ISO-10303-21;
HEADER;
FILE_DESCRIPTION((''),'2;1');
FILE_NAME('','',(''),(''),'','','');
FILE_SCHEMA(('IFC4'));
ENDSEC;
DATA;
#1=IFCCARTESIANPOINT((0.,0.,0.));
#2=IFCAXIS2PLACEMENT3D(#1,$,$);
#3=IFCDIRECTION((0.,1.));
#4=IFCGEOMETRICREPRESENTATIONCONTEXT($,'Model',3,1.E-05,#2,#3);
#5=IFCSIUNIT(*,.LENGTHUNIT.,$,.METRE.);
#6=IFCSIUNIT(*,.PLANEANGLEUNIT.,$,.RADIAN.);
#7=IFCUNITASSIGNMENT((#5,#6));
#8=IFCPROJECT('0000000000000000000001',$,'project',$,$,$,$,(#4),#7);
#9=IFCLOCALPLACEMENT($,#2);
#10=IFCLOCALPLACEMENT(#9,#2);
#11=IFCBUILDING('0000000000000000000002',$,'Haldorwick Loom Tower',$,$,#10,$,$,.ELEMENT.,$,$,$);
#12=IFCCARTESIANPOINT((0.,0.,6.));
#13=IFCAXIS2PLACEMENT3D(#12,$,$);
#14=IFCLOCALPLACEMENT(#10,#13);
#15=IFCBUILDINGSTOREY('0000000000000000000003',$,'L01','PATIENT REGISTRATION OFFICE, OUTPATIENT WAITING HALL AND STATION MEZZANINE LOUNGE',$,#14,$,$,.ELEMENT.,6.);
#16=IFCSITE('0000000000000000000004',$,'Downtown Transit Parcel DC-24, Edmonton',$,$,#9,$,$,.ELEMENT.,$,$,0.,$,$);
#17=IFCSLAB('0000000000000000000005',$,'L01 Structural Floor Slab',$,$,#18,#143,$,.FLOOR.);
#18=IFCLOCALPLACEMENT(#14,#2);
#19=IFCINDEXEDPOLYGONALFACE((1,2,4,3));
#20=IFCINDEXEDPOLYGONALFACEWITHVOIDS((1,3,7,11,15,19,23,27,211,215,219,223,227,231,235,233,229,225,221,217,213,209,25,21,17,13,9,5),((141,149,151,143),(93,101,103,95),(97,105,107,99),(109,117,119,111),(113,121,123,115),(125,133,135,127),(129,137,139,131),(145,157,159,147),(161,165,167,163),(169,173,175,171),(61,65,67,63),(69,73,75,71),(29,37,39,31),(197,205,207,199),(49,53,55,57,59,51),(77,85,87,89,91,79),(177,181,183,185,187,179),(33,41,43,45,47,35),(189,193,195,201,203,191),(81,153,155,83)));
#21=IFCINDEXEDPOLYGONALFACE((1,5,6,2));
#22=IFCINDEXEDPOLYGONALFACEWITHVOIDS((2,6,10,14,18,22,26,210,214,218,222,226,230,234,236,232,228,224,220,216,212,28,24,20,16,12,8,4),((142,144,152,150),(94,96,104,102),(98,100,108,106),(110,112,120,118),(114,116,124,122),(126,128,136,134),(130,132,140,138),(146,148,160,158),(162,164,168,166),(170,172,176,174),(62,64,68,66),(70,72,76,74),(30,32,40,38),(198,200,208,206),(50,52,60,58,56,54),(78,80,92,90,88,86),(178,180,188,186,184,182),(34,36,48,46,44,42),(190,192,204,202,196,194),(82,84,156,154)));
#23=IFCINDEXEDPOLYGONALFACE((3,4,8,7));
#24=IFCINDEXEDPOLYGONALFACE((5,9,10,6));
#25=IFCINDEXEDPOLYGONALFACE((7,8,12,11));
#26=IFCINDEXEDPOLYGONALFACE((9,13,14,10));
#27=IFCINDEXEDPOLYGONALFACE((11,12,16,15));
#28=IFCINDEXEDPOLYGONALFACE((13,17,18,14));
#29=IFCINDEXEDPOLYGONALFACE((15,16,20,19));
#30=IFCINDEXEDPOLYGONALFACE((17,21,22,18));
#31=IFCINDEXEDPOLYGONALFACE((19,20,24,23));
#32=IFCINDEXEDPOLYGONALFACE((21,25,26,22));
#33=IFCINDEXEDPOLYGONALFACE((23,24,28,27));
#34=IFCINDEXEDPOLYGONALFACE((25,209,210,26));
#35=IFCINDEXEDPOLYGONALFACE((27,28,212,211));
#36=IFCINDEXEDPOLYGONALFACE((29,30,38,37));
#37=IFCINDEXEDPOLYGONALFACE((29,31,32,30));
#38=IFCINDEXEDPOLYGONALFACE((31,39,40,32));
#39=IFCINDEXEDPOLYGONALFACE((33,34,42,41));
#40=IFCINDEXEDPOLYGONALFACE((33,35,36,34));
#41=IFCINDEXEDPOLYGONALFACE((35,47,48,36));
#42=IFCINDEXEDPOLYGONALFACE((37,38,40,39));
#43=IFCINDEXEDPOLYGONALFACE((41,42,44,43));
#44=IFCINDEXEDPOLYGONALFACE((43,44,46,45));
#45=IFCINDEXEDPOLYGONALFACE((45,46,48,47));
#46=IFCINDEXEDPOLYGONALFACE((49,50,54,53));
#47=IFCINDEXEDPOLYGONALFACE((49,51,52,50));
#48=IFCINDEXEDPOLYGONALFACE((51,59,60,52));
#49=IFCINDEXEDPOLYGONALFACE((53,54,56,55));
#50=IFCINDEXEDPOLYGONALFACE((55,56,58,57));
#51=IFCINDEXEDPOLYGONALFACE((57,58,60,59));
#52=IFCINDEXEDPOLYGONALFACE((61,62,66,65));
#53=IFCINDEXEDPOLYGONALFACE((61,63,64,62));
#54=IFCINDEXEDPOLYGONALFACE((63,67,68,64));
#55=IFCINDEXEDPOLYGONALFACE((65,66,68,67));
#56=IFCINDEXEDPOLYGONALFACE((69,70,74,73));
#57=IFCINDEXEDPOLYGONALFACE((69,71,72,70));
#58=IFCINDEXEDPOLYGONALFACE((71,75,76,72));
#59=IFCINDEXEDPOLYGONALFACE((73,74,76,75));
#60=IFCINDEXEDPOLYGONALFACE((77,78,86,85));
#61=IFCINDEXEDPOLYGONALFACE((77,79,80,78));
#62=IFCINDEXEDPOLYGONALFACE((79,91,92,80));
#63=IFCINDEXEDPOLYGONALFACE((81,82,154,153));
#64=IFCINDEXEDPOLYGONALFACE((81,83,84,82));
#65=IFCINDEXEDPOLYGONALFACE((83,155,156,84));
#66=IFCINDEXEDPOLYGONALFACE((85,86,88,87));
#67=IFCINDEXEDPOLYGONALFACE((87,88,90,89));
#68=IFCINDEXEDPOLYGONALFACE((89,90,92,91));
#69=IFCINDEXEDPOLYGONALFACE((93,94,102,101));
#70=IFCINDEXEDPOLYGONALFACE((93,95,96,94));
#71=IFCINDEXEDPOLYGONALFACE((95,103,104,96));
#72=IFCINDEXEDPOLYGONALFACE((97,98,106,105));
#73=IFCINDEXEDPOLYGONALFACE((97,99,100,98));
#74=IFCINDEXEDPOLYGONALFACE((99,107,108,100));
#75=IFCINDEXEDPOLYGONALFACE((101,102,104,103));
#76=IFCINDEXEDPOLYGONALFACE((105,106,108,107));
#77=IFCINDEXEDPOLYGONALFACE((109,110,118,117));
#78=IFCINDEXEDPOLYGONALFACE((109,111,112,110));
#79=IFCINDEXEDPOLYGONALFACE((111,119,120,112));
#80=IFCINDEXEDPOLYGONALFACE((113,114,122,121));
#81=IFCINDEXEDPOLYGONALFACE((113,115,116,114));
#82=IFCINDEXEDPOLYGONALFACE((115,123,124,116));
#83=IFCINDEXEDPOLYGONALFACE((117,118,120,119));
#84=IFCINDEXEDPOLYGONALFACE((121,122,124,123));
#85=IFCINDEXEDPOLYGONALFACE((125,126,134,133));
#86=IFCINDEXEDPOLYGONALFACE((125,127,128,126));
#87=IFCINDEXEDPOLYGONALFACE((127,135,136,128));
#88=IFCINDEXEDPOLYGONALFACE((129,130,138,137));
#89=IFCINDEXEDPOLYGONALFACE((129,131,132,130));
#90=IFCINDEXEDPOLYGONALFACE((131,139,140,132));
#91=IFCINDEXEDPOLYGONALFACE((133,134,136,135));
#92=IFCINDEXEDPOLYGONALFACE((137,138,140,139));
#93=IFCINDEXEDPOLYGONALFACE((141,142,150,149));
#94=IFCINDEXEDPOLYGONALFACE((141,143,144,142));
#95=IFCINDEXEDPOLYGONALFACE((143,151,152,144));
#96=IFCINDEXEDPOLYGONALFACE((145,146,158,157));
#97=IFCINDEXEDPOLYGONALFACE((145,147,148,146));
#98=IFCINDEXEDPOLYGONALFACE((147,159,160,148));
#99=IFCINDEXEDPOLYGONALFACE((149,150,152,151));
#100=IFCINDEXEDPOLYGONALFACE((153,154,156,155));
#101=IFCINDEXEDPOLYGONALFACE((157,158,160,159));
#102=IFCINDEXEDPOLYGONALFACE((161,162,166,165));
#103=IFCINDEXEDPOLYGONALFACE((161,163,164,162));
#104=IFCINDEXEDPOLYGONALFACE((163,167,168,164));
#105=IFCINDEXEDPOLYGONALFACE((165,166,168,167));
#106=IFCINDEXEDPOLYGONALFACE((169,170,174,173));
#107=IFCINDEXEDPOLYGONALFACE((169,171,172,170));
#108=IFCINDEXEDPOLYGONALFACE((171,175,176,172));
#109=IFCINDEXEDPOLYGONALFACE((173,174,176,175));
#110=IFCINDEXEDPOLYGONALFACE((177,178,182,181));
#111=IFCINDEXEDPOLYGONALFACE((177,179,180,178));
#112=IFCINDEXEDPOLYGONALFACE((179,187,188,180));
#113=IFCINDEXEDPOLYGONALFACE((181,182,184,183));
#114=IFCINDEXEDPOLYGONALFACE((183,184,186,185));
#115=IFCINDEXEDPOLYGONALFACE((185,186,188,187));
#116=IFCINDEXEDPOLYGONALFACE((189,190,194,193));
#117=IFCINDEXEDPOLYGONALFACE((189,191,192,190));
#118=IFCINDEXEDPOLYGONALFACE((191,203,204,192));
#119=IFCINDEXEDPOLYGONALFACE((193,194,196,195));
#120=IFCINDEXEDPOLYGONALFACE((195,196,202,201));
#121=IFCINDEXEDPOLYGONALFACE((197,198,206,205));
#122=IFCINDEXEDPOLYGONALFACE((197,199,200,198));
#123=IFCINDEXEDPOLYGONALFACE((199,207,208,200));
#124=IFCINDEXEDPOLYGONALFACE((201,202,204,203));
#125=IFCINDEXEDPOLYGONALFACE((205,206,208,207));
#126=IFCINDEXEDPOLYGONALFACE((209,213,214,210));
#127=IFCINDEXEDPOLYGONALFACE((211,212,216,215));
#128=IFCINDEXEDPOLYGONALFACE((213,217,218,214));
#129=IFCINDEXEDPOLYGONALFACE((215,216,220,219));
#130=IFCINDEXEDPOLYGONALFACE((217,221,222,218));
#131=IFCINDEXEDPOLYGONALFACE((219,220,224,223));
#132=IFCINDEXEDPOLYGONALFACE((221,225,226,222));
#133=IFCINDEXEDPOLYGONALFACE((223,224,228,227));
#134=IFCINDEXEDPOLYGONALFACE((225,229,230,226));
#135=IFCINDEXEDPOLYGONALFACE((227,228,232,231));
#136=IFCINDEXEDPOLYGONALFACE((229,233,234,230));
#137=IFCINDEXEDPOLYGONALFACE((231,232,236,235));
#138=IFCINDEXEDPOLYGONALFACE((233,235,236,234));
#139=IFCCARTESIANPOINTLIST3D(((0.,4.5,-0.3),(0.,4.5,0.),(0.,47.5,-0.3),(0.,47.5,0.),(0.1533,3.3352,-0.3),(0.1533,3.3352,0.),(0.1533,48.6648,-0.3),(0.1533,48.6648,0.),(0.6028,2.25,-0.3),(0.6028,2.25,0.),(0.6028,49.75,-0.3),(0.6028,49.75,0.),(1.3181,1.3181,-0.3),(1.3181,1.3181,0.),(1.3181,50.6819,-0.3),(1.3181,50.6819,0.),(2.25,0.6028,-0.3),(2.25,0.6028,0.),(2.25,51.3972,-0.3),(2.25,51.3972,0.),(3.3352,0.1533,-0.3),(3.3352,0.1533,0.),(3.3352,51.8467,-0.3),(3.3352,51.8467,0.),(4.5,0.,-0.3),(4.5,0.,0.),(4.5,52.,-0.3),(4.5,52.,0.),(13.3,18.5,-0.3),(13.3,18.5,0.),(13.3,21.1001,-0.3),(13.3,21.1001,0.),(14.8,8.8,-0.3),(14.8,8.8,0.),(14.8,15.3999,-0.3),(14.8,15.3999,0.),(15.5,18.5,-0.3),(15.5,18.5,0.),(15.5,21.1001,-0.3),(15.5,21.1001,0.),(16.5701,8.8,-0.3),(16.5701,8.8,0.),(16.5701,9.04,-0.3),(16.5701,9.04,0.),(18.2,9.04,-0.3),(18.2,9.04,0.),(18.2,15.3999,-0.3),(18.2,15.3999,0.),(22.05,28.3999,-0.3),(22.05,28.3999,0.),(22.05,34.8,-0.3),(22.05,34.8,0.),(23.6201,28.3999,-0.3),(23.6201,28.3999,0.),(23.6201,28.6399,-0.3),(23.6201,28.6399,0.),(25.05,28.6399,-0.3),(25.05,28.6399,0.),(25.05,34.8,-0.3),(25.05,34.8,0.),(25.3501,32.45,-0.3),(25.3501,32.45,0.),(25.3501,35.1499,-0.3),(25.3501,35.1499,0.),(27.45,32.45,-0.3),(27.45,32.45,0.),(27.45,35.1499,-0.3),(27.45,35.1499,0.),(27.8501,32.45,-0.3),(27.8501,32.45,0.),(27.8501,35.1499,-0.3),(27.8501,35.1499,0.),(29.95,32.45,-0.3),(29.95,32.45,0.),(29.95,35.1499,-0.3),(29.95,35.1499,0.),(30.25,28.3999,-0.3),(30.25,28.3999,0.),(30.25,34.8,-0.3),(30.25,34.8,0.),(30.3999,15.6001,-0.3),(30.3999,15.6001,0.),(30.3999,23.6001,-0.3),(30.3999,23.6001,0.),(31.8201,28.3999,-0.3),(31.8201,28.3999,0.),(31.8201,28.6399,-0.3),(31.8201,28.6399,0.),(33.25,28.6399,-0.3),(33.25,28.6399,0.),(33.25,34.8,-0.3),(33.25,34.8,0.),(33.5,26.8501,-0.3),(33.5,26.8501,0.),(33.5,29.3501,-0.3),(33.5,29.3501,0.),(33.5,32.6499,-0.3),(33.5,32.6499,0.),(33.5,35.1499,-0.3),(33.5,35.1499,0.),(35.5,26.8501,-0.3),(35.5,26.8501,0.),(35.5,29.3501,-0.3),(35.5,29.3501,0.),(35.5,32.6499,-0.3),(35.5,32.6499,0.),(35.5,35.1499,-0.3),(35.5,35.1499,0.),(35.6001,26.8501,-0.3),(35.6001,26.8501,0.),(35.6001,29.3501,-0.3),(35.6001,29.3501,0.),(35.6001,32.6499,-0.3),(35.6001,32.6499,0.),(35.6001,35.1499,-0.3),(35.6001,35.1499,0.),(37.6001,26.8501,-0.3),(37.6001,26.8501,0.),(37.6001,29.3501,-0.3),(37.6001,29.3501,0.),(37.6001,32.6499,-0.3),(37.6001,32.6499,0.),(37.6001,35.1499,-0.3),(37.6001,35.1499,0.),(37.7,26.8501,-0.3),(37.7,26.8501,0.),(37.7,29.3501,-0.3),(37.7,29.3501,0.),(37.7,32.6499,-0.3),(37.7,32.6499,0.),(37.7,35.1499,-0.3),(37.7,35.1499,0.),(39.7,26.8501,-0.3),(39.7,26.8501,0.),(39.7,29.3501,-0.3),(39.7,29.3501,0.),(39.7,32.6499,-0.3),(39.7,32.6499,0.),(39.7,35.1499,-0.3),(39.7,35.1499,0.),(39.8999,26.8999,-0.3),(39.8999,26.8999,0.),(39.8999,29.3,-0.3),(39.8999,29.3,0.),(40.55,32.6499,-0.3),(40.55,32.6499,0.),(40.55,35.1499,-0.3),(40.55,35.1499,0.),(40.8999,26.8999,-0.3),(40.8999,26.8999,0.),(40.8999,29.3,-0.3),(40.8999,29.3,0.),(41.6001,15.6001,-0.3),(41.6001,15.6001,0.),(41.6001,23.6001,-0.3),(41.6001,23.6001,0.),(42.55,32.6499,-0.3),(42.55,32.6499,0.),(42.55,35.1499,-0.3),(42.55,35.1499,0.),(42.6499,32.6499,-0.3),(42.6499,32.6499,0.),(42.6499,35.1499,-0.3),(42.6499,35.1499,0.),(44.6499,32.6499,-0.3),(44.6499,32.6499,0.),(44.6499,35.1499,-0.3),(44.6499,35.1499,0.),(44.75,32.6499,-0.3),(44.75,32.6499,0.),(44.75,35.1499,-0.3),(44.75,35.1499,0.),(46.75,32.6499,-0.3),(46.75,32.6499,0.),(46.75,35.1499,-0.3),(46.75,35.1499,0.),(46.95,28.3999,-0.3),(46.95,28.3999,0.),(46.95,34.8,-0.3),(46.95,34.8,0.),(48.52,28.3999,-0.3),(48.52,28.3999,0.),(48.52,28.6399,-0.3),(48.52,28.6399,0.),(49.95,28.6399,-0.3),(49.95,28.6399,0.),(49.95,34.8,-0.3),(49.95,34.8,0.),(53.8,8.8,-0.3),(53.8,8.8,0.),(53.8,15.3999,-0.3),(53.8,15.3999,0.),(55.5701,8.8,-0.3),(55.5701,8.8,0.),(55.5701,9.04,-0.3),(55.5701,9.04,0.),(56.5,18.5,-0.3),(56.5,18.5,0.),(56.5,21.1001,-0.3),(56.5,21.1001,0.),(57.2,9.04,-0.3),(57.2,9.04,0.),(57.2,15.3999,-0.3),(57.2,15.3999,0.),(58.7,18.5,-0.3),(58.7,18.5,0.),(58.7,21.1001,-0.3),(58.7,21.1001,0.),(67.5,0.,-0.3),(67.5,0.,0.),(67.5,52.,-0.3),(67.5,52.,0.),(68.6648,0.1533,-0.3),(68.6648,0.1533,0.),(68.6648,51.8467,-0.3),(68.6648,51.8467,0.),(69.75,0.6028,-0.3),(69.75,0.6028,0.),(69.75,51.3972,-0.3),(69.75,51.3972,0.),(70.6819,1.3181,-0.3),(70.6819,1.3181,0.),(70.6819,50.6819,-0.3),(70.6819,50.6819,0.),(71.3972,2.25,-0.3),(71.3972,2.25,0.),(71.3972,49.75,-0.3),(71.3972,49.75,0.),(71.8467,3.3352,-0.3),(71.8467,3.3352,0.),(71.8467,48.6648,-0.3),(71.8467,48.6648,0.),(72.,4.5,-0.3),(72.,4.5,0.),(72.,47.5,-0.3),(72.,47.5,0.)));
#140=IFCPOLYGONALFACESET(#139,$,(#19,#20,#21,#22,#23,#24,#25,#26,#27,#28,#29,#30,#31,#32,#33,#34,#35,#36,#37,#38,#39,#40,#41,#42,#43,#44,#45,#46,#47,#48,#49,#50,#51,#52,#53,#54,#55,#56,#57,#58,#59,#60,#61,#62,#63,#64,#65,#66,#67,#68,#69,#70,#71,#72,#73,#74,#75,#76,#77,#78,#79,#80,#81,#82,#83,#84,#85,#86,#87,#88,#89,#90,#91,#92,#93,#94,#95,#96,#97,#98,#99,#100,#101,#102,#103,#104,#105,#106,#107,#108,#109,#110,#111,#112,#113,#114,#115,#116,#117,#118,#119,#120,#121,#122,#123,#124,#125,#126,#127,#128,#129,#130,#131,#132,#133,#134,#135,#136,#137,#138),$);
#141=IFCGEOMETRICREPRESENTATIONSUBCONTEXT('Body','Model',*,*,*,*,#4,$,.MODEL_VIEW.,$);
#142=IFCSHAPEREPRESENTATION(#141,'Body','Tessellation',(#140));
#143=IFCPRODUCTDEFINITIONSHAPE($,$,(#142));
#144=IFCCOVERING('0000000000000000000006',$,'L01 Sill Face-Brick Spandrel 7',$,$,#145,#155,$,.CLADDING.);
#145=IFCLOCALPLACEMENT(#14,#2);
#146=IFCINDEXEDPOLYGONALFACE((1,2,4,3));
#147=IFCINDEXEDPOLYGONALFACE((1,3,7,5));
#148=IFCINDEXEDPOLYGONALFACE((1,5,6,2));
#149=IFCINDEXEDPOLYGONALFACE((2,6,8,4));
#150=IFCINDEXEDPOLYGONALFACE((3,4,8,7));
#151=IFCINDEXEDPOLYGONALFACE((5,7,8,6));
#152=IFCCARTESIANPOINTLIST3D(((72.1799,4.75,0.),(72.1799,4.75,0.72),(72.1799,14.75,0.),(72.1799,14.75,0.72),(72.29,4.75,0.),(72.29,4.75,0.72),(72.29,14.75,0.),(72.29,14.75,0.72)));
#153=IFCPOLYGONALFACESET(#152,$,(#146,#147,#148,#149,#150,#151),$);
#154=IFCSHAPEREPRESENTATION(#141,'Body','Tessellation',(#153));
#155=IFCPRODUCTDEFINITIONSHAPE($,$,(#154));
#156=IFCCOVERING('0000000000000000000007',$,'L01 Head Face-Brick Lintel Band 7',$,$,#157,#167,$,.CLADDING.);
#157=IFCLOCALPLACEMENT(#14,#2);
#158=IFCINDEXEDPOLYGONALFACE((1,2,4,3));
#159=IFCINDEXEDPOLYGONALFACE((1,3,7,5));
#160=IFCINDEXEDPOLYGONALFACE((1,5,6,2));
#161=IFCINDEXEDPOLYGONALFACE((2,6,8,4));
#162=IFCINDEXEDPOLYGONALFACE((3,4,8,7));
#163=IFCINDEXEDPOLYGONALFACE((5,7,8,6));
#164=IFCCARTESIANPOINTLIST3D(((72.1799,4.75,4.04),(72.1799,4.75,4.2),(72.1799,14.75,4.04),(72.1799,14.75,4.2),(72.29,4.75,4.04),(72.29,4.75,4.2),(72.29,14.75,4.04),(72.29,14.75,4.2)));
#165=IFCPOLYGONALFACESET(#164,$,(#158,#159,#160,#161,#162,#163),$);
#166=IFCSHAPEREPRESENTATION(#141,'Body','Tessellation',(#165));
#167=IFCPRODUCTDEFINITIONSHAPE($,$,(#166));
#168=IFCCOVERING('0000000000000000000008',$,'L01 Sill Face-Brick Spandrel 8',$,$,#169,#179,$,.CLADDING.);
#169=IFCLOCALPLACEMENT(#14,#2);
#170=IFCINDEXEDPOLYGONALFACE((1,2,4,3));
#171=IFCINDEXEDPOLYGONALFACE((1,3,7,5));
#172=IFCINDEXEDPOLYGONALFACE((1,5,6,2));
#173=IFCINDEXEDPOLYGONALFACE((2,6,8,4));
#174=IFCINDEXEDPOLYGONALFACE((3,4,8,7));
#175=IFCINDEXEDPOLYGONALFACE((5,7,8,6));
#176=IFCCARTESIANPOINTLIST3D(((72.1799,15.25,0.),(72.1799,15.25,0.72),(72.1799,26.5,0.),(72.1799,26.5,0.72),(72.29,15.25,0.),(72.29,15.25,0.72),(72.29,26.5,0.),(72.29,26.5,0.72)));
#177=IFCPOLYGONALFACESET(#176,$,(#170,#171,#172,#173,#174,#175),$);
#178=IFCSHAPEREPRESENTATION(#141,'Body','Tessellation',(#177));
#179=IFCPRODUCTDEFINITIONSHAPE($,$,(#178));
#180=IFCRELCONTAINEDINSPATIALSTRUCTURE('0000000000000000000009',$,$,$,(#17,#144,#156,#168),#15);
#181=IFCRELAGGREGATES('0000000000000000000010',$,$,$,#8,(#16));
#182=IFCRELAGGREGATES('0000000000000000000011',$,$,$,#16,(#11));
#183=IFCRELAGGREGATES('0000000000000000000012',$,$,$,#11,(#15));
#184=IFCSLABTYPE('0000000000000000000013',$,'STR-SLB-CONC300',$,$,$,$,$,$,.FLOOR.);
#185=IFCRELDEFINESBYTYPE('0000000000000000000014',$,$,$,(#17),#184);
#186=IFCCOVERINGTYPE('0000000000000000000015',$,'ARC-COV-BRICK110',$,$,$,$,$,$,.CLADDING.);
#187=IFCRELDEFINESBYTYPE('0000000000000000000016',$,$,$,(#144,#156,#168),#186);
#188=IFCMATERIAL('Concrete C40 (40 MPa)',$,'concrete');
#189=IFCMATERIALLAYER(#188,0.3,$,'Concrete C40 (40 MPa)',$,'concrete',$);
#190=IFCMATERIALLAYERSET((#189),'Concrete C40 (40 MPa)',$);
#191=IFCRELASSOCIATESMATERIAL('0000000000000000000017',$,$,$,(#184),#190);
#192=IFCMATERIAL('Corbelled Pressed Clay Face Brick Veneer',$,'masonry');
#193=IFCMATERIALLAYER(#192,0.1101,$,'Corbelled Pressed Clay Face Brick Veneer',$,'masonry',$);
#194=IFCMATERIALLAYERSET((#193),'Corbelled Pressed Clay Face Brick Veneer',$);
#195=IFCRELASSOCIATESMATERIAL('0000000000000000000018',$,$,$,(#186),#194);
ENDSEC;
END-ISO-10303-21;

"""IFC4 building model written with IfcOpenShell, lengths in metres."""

from ifc_helpers import new_model, si_unit, direction, frame, origin, place, context, subcontext, project, spatial, polyline, outline, extrude, material, layer, layer_set, type_object, element, save


model = new_model("IFC4")

# Units and contexts
model_context = context("Model", 3, precision=1e-05, world=origin(), true_north=direction((0.0, 1.0)))
body_context = subcontext(model_context, "Body", "Model", "MODEL_VIEW")
ifc_project = project(units=[si_unit("LENGTHUNIT", "METRE"), si_unit("PLANEANGLEUNIT", "RADIAN")], contexts=[model_context])

# Site, building, storey
site_placement = place(None, origin())
site = spatial("IfcSite", under=ifc_project, at=site_placement, Name="Downtown Transit Parcel DC-24, Edmonton", CompositionType="ELEMENT", RefElevation=0.0)
building_placement = place(site_placement, origin())
building = spatial("IfcBuilding", under=site, at=building_placement, Name="Haldorwick Loom Tower", CompositionType="ELEMENT")
storey_placement = place(building_placement, frame((0.0, 0.0, 6.0)))
storey = spatial("IfcBuildingStorey", under=building, at=storey_placement, Name="L01", Description="PATIENT REGISTRATION OFFICE, OUTPATIENT WAITING HALL AND STATION MEZZANINE LOUNGE", CompositionType="ELEMENT", Elevation=6.0)

# Slab
ifc_material_1 = material(Name="Concrete C40 (40 MPa)", Category="concrete")
ifc_layer_1 = layer(ifc_material_1, 0.3, Name="Concrete C40 (40 MPa)", Category="concrete")
ifc_layer_set_1 = layer_set([ifc_layer_1], Name="Concrete C40 (40 MPa)")
slab_type = type_object("IfcSlabType", Name="STR-SLB-CONC300", PredefinedType="FLOOR", material=ifc_layer_set_1)
slab_placement = place(storey_placement, frame((0.0, 0.0, -0.3)))
element("IfcSlab", 1, at=slab_placement, inside=storey, type_object=slab_type, Name="L01 Structural Floor Slab", PredefinedType="FLOOR", context=body_context, shape_type="SweptSolid", body=[
    extrude(outline(polyline([(1.3181, 1.3181), (2.25, 0.6028), (3.3352, 0.1533), (4.5, 0.0), (67.5, 0.0), (68.6648, 0.1533), (69.75, 0.6028), (70.6819, 1.3181), (71.3972, 2.25), (71.8467, 3.3352), (72.0, 4.5), (72.0, 47.5), (71.8467, 48.6648), (71.3972, 49.75), (70.6819, 50.6819), (69.75, 51.3972), (68.6648, 51.8467), (67.5, 52.0), (4.5, 52.0), (3.3352, 51.8467), (2.25, 51.3972), (1.3181, 50.6819), (0.6028, 49.75), (0.1533, 48.6648), (0.0, 47.5), (0.0, 4.5), (0.1533, 3.3352), (0.6028, 2.25), (1.3181, 1.3181)]), holes=[polyline([(18.2, 9.04), (16.5701, 9.04), (16.5701, 8.8), (14.8, 8.8), (14.8, 15.3999), (18.2, 15.3999), (18.2, 9.04)]), polyline([(57.2, 15.3999), (57.2, 9.04), (55.5701, 9.04), (55.5701, 8.8), (53.8, 8.8), (53.8, 15.3999), (57.2, 15.3999)]), polyline([(30.3999, 15.6001), (30.3999, 23.6001), (41.6001, 23.6001), (41.6001, 15.6001), (30.3999, 15.6001)]), polyline([(15.5, 18.5), (13.3, 18.5), (13.3, 21.1001), (15.5, 21.1001), (15.5, 18.5)]), polyline([(33.5, 26.8501), (33.5, 29.3501), (35.5, 29.3501), (35.5, 26.8501), (33.5, 26.8501)]), polyline([(22.05, 28.3999), (22.05, 34.8), (25.05, 34.8), (25.05, 28.6399), (23.6201, 28.6399), (23.6201, 28.3999), (22.05, 28.3999)]), polyline([(31.8201, 28.3999), (30.25, 28.3999), (30.25, 34.8), (33.25, 34.8), (33.25, 28.6399), (31.8201, 28.6399), (31.8201, 28.3999)]), polyline([(27.45, 32.45), (25.3501, 32.45), (25.3501, 35.1499), (27.45, 35.1499), (27.45, 32.45)]), polyline([(29.95, 32.45), (27.8501, 32.45), (27.8501, 35.1499), (29.95, 35.1499), (29.95, 32.45)]), polyline([(33.5, 32.6499), (33.5, 35.1499), (35.5, 35.1499), (35.5, 32.6499), (33.5, 32.6499)]), polyline([(35.6001, 32.6499), (35.6001, 35.1499), (37.6001, 35.1499), (37.6001, 32.6499), (35.6001, 32.6499)]), polyline([(58.7, 18.5), (56.5, 18.5), (56.5, 21.1001), (58.7, 21.1001), (58.7, 18.5)]), polyline([(37.6001, 26.8501), (35.6001, 26.8501), (35.6001, 29.3501), (37.6001, 29.3501), (37.6001, 26.8501)]), polyline([(37.7, 26.8501), (37.7, 29.3501), (39.7, 29.3501), (39.7, 26.8501), (37.7, 26.8501)]), polyline([(39.8999, 26.8999), (39.8999, 29.3), (40.8999, 29.3), (40.8999, 26.8999), (39.8999, 26.8999)]), polyline([(48.52, 28.3999), (46.95, 28.3999), (46.95, 34.8), (49.95, 34.8), (49.95, 28.6399), (48.52, 28.6399), (48.52, 28.3999)]), polyline([(39.7, 32.6499), (37.7, 32.6499), (37.7, 35.1499), (39.7, 35.1499), (39.7, 32.6499)]), polyline([(42.55, 32.6499), (40.55, 32.6499), (40.55, 35.1499), (42.55, 35.1499), (42.55, 32.6499)]), polyline([(42.6499, 32.6499), (42.6499, 35.1499), (44.6499, 35.1499), (44.6499, 32.6499), (42.6499, 32.6499)]), polyline([(44.75, 32.6499), (44.75, 35.1499), (46.75, 35.1499), (46.75, 32.6499), (44.75, 32.6499)])]), origin(), (0.0, 0.0, 1.0), 0.3),
])

# Coverings
ifc_material_2 = material(Name="Corbelled Pressed Clay Face Brick Veneer", Category="masonry")
ifc_layer_2 = layer(ifc_material_2, 0.1101, Name="Corbelled Pressed Clay Face Brick Veneer", Category="masonry")
ifc_layer_set_2 = layer_set([ifc_layer_2], Name="Corbelled Pressed Clay Face Brick Veneer")
covering_type = type_object("IfcCoveringType", Name="ARC-COV-BRICK110", PredefinedType="CLADDING", material=ifc_layer_set_2)
covering_1_placement = place(storey_placement, origin())
element("IfcCovering", 2, at=covering_1_placement, inside=storey, type_object=covering_type, Name="L01 Sill Face-Brick Spandrel 7", PredefinedType="CLADDING", context=body_context, shape_type="SweptSolid", body=[
    extrude(outline(polyline([(72.29, 4.75), (72.29, 14.75), (72.1799, 14.75), (72.1799, 4.75), (72.29, 4.75)])), origin(), (0.0, 0.0, 1.0), 0.72),
])
covering_2_placement = place(storey_placement, frame((0.0, 0.0, 4.04)))
element("IfcCovering", 3, at=covering_2_placement, inside=storey, type_object=covering_type, Name="L01 Head Face-Brick Lintel Band 7", PredefinedType="CLADDING", context=body_context, shape_type="SweptSolid", body=[
    extrude(outline(polyline([(72.29, 4.75), (72.29, 14.75), (72.1799, 14.75), (72.1799, 4.75), (72.29, 4.75)])), origin(), (0.0, 0.0, 1.0), 0.1599),
])
covering_3_placement = place(storey_placement, origin())
element("IfcCovering", 4, at=covering_3_placement, inside=storey, type_object=covering_type, Name="L01 Sill Face-Brick Spandrel 8", PredefinedType="CLADDING", context=body_context, shape_type="SweptSolid", body=[
    extrude(outline(polyline([(72.29, 15.25), (72.29, 26.5), (72.1799, 26.5), (72.1799, 15.25), (72.29, 15.25)])), origin(), (0.0, 0.0, 1.0), 0.72),
])

save(model, "model.ifc")
